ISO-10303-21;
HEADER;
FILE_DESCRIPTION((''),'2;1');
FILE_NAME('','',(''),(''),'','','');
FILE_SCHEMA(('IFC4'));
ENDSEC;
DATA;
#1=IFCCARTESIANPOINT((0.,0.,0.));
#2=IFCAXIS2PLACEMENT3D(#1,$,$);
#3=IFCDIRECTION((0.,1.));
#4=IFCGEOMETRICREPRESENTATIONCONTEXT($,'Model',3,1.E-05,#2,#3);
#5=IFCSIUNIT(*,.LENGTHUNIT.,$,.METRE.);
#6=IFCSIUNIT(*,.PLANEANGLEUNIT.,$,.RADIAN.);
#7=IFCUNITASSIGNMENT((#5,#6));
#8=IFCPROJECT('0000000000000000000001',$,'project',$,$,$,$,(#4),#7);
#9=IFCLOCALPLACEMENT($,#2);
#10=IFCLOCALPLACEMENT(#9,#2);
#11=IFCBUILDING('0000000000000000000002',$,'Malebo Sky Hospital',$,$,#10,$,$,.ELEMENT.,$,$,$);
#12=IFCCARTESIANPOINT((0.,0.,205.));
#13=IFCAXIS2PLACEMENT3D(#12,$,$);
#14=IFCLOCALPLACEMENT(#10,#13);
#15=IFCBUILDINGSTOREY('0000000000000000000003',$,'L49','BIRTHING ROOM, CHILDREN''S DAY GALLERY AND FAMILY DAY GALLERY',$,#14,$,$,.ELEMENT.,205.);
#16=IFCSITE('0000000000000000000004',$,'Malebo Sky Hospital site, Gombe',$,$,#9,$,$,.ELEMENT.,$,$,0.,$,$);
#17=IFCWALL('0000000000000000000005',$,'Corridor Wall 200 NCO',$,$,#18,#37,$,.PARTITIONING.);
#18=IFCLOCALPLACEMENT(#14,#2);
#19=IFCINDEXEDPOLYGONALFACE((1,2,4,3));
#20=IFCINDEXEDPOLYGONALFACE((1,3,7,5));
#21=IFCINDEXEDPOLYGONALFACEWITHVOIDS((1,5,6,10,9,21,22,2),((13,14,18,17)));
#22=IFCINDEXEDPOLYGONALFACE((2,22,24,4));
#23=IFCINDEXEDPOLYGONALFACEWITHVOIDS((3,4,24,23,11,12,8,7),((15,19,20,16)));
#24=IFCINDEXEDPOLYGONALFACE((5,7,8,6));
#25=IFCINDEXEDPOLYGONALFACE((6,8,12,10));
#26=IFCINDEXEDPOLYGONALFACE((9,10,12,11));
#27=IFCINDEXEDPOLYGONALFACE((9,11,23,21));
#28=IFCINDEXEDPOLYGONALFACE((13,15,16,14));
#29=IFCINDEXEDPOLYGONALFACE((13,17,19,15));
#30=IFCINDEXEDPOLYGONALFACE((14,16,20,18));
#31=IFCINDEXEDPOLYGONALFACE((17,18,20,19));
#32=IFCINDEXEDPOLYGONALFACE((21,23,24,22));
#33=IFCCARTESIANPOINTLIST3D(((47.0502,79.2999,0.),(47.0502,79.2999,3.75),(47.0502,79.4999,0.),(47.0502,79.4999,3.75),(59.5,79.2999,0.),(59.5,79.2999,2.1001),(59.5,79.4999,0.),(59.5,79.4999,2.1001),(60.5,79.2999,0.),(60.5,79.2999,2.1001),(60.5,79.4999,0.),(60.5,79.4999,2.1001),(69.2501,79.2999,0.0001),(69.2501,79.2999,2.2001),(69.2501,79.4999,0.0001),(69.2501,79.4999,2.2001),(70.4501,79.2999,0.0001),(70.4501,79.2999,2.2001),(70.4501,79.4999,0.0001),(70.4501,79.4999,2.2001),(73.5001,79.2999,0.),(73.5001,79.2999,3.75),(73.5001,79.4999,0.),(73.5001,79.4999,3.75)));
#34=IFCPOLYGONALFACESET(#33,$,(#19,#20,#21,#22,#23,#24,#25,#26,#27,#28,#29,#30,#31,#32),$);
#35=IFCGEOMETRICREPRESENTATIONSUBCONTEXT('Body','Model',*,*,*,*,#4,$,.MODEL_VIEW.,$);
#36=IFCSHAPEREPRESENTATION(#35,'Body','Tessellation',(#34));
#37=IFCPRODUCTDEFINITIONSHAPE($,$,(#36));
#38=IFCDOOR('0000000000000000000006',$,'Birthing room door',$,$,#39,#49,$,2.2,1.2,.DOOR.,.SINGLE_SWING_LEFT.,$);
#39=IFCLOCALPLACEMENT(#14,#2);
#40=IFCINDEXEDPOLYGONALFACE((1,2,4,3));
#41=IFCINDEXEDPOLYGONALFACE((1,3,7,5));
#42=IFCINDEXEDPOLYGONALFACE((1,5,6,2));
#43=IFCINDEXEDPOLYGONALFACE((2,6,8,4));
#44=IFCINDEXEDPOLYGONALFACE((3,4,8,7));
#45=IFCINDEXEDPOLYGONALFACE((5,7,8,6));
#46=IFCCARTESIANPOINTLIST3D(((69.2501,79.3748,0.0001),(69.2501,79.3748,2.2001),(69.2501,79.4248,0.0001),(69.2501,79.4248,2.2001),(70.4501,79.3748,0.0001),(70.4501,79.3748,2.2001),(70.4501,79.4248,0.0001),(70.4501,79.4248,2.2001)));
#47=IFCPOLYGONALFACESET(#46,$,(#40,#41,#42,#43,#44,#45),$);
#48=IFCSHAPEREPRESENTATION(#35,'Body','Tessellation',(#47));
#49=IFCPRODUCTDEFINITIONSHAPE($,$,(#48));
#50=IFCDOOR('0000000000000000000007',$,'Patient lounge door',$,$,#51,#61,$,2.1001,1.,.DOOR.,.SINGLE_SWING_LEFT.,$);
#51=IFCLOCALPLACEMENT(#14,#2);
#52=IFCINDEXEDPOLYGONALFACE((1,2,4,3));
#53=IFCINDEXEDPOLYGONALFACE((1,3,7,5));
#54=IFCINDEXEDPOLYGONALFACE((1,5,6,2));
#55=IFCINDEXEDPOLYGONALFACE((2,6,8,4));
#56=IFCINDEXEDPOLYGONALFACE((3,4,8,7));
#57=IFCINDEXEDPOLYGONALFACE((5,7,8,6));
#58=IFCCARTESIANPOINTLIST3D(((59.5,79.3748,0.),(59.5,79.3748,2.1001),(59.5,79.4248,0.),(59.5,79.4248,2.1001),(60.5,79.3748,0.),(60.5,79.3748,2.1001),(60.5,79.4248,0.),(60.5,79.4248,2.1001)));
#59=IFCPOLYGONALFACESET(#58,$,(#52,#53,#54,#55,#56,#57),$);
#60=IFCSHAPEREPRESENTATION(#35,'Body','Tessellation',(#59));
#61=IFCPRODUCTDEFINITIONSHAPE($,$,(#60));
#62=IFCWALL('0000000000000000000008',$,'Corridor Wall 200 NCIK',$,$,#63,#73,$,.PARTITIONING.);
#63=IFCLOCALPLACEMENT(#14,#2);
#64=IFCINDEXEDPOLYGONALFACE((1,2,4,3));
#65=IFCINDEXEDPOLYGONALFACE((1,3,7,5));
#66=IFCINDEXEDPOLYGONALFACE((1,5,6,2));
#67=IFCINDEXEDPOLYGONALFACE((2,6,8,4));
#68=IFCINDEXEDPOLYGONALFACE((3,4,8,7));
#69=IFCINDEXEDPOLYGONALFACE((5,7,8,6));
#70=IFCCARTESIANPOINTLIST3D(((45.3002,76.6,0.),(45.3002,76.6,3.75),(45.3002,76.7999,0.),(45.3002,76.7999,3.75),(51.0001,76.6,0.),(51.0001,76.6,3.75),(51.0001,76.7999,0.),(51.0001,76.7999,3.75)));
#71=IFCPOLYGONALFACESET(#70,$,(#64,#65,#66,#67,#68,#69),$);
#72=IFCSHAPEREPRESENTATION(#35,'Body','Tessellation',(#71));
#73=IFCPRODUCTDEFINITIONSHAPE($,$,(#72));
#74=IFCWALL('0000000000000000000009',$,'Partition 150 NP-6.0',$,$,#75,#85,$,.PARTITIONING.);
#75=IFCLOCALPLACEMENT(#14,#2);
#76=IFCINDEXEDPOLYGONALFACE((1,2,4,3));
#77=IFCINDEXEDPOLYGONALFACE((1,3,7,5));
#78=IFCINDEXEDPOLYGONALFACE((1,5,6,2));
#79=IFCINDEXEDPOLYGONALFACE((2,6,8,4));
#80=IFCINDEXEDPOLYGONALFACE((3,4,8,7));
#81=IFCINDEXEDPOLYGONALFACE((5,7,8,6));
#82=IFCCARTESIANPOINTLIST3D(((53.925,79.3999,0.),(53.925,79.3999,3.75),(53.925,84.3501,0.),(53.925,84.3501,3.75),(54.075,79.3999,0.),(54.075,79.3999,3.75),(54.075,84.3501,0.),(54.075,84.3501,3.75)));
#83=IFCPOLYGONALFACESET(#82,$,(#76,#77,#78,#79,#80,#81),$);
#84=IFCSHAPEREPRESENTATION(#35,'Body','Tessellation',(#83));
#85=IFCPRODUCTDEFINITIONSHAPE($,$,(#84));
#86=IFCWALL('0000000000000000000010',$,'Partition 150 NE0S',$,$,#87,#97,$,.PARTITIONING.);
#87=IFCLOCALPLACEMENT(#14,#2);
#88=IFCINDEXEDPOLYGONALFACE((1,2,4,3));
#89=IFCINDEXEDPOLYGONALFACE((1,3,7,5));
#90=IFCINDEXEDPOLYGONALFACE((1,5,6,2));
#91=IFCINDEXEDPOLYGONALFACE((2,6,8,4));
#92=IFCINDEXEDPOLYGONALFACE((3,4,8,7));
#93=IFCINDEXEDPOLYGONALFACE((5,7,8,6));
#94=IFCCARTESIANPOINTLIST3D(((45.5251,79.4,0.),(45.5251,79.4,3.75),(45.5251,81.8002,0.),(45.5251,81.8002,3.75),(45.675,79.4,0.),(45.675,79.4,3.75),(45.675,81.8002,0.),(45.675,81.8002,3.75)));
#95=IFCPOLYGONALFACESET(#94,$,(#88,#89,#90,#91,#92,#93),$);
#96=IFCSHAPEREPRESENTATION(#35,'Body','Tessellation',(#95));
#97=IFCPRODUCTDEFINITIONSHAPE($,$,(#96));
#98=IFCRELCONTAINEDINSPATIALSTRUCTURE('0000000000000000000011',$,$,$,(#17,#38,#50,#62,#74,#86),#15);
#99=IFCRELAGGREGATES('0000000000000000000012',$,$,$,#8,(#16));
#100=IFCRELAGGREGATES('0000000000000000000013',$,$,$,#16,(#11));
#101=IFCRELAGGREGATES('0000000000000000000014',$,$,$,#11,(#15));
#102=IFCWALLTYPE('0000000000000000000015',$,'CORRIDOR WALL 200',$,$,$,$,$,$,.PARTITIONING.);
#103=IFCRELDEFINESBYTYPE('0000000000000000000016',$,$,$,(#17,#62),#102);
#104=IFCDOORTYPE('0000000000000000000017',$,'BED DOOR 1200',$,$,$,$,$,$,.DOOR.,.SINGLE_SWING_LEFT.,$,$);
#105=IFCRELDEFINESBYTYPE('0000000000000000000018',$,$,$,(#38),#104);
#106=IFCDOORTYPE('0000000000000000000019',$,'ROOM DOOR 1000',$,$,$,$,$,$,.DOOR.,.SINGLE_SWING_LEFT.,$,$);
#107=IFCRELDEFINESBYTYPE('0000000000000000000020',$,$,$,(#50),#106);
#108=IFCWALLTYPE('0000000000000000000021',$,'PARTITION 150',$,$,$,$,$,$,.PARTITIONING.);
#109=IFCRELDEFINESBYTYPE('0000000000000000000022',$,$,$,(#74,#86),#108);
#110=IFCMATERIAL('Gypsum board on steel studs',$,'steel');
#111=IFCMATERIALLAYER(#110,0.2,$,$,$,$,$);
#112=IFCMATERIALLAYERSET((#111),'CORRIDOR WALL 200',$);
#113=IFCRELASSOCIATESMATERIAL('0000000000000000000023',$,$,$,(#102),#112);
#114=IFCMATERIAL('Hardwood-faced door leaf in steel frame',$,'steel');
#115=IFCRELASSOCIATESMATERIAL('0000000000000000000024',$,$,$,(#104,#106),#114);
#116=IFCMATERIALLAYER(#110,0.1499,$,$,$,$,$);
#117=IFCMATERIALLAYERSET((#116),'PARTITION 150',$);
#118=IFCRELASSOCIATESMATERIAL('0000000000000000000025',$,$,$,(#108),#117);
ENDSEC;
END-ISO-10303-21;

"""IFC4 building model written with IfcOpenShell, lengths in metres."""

from ifc_helpers import new_model, si_unit, direction, frame, frame_2d, origin, place, context, subcontext, project, spatial, rectangle, extrude, material, layer, layer_set, type_object, element, fill, save


model = new_model("IFC4")

# Units and contexts
model_context = context("Model", 3, precision=1e-05, world=origin(), true_north=direction((0.0, 1.0)))
body_context = subcontext(model_context, "Body", "Model", "MODEL_VIEW")
ifc_project = project(units=[si_unit("LENGTHUNIT", "METRE"), si_unit("PLANEANGLEUNIT", "RADIAN")], contexts=[model_context])

# Site, building, storey
site_placement = place(None, origin())
site = spatial("IfcSite", under=ifc_project, at=site_placement, Name="Malebo Sky Hospital site, Gombe", CompositionType="ELEMENT", RefElevation=0.0)
building_placement = place(site_placement, origin())
building = spatial("IfcBuilding", under=site, at=building_placement, Name="Malebo Sky Hospital", CompositionType="ELEMENT")
storey_placement = place(building_placement, frame((0.0, 0.0, 205.0)))
storey = spatial("IfcBuildingStorey", under=building, at=storey_placement, Name="L49", Description="BIRTHING ROOM, CHILDREN'S DAY GALLERY AND FAMILY DAY GALLERY", CompositionType="ELEMENT", Elevation=205.0)

# Wall, openings, doors
ifc_material_1 = material(Name="Gypsum board on steel studs", Category="steel")
ifc_layer_1 = layer(ifc_material_1, 0.2)
ifc_layer_set_1 = layer_set([ifc_layer_1], Name="CORRIDOR WALL 200")
wall_type_1 = type_object("IfcWallType", Name="CORRIDOR WALL 200", PredefinedType="PARTITIONING", material=ifc_layer_set_1)
wall_1_placement = place(storey_placement, frame((47.05, 79.3999, 0.0), z_axis=(0.0, 0.0, 1.0), x_axis=(1.0, 0.0, 0.0)))
wall_1 = element("IfcWall", 1, at=wall_1_placement, inside=storey, type_object=wall_type_1, Name="Corridor Wall 200 NCO", PredefinedType="PARTITIONING", context=body_context, shape_type="SweptSolid", body=[
    extrude(rectangle(XDim=26.45, YDim=0.2, at=frame_2d((13.2251, 0.0))), origin(), (0.0, 0.0, 1.0), 3.75),
])
opening_1_placement = place(wall_1_placement, frame((12.45, 0.0, 0.0)))
opening_1 = element("IfcOpeningElement", 2, at=opening_1_placement, cuts=wall_1, PredefinedType="OPENING", context=body_context, shape_type="SweptSolid", body=[
    extrude(rectangle(XDim=1.0, YDim=2.1001, at=frame_2d((0.5, 1.05))), frame((0.0, 0.1099, 0.0), z_axis=(0.0, -1.0, 0.0), x_axis=(1.0, 0.0, 0.0)), (0.0, 0.0, 1.0), 0.22),
])
opening_2_placement = place(wall_1_placement, frame((22.2, 0.0, 0.0)))
opening_2 = element("IfcOpeningElement", 3, at=opening_2_placement, cuts=wall_1, PredefinedType="OPENING", context=body_context, shape_type="SweptSolid", body=[
    extrude(rectangle(XDim=1.2, YDim=2.2, at=frame_2d((0.6001, 1.1001))), frame((0.0, 0.1099, 0.0), z_axis=(0.0, -1.0, 0.0), x_axis=(1.0, 0.0, 0.0)), (0.0, 0.0, 1.0), 0.22),
])
ifc_material_2 = material(Name="Hardwood-faced door leaf in steel frame", Category="steel")
door_type_1 = type_object("IfcDoorType", Name="BED DOOR 1200", OperationType="SINGLE_SWING_LEFT", PredefinedType="DOOR", material=ifc_material_2)
door_1_placement = place(opening_2_placement, origin())
door_1 = element("IfcDoor", 4, at=door_1_placement, inside=storey, type_object=door_type_1, Name="Birthing room door", OperationType="SINGLE_SWING_LEFT", OverallHeight=2.2, OverallWidth=1.2, PredefinedType="DOOR", context=body_context, shape_type="SweptSolid", body=[
    extrude(rectangle(XDim=1.2, YDim=2.2, at=frame_2d((0.6001, 1.1001))), frame((0.0, 0.0249, 0.0), z_axis=(0.0, -1.0, 0.0), x_axis=(1.0, 0.0, 0.0)), (0.0, 0.0, 1.0), 0.05),
])
fill(opening_2, door_1)
door_type_2 = type_object("IfcDoorType", Name="ROOM DOOR 1000", OperationType="SINGLE_SWING_LEFT", PredefinedType="DOOR", material=ifc_material_2)
door_2_placement = place(opening_1_placement, origin())
door_2 = element("IfcDoor", 5, at=door_2_placement, inside=storey, type_object=door_type_2, Name="Patient lounge door", OperationType="SINGLE_SWING_LEFT", OverallHeight=2.1001, OverallWidth=1.0, PredefinedType="DOOR", context=body_context, shape_type="SweptSolid", body=[
    extrude(rectangle(XDim=1.0, YDim=2.1001, at=frame_2d((0.5, 1.05))), frame((0.0, 0.0249, 0.0), z_axis=(0.0, -1.0, 0.0), x_axis=(1.0, 0.0, 0.0)), (0.0, 0.0, 1.0), 0.05),
])
fill(opening_1, door_2)

# Walls
wall_2_placement = place(storey_placement, frame((45.3, 76.7, 0.0), z_axis=(0.0, 0.0, 1.0), x_axis=(1.0, 0.0, 0.0)))
element("IfcWall", 6, at=wall_2_placement, inside=storey, type_object=wall_type_1, Name="Corridor Wall 200 NCIK", PredefinedType="PARTITIONING", context=body_context, shape_type="SweptSolid", body=[
    extrude(rectangle(XDim=5.7, YDim=0.2, at=frame_2d((2.8501, 0.0))), origin(), (0.0, 0.0, 1.0), 3.75),
])
ifc_layer_2 = layer(ifc_material_1, 0.1499)
ifc_layer_set_2 = layer_set([ifc_layer_2], Name="PARTITION 150")
wall_type_2 = type_object("IfcWallType", Name="PARTITION 150", PredefinedType="PARTITIONING", material=ifc_layer_set_2)
wall_3_placement = place(storey_placement, frame((54.0, 79.3999, 0.0), z_axis=(0.0, 0.0, 1.0), x_axis=(0.0, 1.0, 0.0)))
element("IfcWall", 7, at=wall_3_placement, inside=storey, type_object=wall_type_2, Name="Partition 150 NP-6.0", PredefinedType="PARTITIONING", context=body_context, shape_type="SweptSolid", body=[
    extrude(rectangle(XDim=4.9502, YDim=0.1499, at=frame_2d((2.4751, 0.0))), origin(), (0.0, 0.0, 1.0), 3.75),
])
wall_4_placement = place(storey_placement, frame((45.6001, 79.3999, 0.0), z_axis=(0.0, 0.0, 1.0), x_axis=(0.0, 1.0, 0.0)))
element("IfcWall", 8, at=wall_4_placement, inside=storey, type_object=wall_type_2, Name="Partition 150 NE0S", PredefinedType="PARTITIONING", context=body_context, shape_type="SweptSolid", body=[
    extrude(rectangle(XDim=2.4001, YDim=0.1499, at=frame_2d((1.2002, 0.0))), origin(), (0.0, 0.0, 1.0), 3.75),
])

save(model, "model.ifc")
